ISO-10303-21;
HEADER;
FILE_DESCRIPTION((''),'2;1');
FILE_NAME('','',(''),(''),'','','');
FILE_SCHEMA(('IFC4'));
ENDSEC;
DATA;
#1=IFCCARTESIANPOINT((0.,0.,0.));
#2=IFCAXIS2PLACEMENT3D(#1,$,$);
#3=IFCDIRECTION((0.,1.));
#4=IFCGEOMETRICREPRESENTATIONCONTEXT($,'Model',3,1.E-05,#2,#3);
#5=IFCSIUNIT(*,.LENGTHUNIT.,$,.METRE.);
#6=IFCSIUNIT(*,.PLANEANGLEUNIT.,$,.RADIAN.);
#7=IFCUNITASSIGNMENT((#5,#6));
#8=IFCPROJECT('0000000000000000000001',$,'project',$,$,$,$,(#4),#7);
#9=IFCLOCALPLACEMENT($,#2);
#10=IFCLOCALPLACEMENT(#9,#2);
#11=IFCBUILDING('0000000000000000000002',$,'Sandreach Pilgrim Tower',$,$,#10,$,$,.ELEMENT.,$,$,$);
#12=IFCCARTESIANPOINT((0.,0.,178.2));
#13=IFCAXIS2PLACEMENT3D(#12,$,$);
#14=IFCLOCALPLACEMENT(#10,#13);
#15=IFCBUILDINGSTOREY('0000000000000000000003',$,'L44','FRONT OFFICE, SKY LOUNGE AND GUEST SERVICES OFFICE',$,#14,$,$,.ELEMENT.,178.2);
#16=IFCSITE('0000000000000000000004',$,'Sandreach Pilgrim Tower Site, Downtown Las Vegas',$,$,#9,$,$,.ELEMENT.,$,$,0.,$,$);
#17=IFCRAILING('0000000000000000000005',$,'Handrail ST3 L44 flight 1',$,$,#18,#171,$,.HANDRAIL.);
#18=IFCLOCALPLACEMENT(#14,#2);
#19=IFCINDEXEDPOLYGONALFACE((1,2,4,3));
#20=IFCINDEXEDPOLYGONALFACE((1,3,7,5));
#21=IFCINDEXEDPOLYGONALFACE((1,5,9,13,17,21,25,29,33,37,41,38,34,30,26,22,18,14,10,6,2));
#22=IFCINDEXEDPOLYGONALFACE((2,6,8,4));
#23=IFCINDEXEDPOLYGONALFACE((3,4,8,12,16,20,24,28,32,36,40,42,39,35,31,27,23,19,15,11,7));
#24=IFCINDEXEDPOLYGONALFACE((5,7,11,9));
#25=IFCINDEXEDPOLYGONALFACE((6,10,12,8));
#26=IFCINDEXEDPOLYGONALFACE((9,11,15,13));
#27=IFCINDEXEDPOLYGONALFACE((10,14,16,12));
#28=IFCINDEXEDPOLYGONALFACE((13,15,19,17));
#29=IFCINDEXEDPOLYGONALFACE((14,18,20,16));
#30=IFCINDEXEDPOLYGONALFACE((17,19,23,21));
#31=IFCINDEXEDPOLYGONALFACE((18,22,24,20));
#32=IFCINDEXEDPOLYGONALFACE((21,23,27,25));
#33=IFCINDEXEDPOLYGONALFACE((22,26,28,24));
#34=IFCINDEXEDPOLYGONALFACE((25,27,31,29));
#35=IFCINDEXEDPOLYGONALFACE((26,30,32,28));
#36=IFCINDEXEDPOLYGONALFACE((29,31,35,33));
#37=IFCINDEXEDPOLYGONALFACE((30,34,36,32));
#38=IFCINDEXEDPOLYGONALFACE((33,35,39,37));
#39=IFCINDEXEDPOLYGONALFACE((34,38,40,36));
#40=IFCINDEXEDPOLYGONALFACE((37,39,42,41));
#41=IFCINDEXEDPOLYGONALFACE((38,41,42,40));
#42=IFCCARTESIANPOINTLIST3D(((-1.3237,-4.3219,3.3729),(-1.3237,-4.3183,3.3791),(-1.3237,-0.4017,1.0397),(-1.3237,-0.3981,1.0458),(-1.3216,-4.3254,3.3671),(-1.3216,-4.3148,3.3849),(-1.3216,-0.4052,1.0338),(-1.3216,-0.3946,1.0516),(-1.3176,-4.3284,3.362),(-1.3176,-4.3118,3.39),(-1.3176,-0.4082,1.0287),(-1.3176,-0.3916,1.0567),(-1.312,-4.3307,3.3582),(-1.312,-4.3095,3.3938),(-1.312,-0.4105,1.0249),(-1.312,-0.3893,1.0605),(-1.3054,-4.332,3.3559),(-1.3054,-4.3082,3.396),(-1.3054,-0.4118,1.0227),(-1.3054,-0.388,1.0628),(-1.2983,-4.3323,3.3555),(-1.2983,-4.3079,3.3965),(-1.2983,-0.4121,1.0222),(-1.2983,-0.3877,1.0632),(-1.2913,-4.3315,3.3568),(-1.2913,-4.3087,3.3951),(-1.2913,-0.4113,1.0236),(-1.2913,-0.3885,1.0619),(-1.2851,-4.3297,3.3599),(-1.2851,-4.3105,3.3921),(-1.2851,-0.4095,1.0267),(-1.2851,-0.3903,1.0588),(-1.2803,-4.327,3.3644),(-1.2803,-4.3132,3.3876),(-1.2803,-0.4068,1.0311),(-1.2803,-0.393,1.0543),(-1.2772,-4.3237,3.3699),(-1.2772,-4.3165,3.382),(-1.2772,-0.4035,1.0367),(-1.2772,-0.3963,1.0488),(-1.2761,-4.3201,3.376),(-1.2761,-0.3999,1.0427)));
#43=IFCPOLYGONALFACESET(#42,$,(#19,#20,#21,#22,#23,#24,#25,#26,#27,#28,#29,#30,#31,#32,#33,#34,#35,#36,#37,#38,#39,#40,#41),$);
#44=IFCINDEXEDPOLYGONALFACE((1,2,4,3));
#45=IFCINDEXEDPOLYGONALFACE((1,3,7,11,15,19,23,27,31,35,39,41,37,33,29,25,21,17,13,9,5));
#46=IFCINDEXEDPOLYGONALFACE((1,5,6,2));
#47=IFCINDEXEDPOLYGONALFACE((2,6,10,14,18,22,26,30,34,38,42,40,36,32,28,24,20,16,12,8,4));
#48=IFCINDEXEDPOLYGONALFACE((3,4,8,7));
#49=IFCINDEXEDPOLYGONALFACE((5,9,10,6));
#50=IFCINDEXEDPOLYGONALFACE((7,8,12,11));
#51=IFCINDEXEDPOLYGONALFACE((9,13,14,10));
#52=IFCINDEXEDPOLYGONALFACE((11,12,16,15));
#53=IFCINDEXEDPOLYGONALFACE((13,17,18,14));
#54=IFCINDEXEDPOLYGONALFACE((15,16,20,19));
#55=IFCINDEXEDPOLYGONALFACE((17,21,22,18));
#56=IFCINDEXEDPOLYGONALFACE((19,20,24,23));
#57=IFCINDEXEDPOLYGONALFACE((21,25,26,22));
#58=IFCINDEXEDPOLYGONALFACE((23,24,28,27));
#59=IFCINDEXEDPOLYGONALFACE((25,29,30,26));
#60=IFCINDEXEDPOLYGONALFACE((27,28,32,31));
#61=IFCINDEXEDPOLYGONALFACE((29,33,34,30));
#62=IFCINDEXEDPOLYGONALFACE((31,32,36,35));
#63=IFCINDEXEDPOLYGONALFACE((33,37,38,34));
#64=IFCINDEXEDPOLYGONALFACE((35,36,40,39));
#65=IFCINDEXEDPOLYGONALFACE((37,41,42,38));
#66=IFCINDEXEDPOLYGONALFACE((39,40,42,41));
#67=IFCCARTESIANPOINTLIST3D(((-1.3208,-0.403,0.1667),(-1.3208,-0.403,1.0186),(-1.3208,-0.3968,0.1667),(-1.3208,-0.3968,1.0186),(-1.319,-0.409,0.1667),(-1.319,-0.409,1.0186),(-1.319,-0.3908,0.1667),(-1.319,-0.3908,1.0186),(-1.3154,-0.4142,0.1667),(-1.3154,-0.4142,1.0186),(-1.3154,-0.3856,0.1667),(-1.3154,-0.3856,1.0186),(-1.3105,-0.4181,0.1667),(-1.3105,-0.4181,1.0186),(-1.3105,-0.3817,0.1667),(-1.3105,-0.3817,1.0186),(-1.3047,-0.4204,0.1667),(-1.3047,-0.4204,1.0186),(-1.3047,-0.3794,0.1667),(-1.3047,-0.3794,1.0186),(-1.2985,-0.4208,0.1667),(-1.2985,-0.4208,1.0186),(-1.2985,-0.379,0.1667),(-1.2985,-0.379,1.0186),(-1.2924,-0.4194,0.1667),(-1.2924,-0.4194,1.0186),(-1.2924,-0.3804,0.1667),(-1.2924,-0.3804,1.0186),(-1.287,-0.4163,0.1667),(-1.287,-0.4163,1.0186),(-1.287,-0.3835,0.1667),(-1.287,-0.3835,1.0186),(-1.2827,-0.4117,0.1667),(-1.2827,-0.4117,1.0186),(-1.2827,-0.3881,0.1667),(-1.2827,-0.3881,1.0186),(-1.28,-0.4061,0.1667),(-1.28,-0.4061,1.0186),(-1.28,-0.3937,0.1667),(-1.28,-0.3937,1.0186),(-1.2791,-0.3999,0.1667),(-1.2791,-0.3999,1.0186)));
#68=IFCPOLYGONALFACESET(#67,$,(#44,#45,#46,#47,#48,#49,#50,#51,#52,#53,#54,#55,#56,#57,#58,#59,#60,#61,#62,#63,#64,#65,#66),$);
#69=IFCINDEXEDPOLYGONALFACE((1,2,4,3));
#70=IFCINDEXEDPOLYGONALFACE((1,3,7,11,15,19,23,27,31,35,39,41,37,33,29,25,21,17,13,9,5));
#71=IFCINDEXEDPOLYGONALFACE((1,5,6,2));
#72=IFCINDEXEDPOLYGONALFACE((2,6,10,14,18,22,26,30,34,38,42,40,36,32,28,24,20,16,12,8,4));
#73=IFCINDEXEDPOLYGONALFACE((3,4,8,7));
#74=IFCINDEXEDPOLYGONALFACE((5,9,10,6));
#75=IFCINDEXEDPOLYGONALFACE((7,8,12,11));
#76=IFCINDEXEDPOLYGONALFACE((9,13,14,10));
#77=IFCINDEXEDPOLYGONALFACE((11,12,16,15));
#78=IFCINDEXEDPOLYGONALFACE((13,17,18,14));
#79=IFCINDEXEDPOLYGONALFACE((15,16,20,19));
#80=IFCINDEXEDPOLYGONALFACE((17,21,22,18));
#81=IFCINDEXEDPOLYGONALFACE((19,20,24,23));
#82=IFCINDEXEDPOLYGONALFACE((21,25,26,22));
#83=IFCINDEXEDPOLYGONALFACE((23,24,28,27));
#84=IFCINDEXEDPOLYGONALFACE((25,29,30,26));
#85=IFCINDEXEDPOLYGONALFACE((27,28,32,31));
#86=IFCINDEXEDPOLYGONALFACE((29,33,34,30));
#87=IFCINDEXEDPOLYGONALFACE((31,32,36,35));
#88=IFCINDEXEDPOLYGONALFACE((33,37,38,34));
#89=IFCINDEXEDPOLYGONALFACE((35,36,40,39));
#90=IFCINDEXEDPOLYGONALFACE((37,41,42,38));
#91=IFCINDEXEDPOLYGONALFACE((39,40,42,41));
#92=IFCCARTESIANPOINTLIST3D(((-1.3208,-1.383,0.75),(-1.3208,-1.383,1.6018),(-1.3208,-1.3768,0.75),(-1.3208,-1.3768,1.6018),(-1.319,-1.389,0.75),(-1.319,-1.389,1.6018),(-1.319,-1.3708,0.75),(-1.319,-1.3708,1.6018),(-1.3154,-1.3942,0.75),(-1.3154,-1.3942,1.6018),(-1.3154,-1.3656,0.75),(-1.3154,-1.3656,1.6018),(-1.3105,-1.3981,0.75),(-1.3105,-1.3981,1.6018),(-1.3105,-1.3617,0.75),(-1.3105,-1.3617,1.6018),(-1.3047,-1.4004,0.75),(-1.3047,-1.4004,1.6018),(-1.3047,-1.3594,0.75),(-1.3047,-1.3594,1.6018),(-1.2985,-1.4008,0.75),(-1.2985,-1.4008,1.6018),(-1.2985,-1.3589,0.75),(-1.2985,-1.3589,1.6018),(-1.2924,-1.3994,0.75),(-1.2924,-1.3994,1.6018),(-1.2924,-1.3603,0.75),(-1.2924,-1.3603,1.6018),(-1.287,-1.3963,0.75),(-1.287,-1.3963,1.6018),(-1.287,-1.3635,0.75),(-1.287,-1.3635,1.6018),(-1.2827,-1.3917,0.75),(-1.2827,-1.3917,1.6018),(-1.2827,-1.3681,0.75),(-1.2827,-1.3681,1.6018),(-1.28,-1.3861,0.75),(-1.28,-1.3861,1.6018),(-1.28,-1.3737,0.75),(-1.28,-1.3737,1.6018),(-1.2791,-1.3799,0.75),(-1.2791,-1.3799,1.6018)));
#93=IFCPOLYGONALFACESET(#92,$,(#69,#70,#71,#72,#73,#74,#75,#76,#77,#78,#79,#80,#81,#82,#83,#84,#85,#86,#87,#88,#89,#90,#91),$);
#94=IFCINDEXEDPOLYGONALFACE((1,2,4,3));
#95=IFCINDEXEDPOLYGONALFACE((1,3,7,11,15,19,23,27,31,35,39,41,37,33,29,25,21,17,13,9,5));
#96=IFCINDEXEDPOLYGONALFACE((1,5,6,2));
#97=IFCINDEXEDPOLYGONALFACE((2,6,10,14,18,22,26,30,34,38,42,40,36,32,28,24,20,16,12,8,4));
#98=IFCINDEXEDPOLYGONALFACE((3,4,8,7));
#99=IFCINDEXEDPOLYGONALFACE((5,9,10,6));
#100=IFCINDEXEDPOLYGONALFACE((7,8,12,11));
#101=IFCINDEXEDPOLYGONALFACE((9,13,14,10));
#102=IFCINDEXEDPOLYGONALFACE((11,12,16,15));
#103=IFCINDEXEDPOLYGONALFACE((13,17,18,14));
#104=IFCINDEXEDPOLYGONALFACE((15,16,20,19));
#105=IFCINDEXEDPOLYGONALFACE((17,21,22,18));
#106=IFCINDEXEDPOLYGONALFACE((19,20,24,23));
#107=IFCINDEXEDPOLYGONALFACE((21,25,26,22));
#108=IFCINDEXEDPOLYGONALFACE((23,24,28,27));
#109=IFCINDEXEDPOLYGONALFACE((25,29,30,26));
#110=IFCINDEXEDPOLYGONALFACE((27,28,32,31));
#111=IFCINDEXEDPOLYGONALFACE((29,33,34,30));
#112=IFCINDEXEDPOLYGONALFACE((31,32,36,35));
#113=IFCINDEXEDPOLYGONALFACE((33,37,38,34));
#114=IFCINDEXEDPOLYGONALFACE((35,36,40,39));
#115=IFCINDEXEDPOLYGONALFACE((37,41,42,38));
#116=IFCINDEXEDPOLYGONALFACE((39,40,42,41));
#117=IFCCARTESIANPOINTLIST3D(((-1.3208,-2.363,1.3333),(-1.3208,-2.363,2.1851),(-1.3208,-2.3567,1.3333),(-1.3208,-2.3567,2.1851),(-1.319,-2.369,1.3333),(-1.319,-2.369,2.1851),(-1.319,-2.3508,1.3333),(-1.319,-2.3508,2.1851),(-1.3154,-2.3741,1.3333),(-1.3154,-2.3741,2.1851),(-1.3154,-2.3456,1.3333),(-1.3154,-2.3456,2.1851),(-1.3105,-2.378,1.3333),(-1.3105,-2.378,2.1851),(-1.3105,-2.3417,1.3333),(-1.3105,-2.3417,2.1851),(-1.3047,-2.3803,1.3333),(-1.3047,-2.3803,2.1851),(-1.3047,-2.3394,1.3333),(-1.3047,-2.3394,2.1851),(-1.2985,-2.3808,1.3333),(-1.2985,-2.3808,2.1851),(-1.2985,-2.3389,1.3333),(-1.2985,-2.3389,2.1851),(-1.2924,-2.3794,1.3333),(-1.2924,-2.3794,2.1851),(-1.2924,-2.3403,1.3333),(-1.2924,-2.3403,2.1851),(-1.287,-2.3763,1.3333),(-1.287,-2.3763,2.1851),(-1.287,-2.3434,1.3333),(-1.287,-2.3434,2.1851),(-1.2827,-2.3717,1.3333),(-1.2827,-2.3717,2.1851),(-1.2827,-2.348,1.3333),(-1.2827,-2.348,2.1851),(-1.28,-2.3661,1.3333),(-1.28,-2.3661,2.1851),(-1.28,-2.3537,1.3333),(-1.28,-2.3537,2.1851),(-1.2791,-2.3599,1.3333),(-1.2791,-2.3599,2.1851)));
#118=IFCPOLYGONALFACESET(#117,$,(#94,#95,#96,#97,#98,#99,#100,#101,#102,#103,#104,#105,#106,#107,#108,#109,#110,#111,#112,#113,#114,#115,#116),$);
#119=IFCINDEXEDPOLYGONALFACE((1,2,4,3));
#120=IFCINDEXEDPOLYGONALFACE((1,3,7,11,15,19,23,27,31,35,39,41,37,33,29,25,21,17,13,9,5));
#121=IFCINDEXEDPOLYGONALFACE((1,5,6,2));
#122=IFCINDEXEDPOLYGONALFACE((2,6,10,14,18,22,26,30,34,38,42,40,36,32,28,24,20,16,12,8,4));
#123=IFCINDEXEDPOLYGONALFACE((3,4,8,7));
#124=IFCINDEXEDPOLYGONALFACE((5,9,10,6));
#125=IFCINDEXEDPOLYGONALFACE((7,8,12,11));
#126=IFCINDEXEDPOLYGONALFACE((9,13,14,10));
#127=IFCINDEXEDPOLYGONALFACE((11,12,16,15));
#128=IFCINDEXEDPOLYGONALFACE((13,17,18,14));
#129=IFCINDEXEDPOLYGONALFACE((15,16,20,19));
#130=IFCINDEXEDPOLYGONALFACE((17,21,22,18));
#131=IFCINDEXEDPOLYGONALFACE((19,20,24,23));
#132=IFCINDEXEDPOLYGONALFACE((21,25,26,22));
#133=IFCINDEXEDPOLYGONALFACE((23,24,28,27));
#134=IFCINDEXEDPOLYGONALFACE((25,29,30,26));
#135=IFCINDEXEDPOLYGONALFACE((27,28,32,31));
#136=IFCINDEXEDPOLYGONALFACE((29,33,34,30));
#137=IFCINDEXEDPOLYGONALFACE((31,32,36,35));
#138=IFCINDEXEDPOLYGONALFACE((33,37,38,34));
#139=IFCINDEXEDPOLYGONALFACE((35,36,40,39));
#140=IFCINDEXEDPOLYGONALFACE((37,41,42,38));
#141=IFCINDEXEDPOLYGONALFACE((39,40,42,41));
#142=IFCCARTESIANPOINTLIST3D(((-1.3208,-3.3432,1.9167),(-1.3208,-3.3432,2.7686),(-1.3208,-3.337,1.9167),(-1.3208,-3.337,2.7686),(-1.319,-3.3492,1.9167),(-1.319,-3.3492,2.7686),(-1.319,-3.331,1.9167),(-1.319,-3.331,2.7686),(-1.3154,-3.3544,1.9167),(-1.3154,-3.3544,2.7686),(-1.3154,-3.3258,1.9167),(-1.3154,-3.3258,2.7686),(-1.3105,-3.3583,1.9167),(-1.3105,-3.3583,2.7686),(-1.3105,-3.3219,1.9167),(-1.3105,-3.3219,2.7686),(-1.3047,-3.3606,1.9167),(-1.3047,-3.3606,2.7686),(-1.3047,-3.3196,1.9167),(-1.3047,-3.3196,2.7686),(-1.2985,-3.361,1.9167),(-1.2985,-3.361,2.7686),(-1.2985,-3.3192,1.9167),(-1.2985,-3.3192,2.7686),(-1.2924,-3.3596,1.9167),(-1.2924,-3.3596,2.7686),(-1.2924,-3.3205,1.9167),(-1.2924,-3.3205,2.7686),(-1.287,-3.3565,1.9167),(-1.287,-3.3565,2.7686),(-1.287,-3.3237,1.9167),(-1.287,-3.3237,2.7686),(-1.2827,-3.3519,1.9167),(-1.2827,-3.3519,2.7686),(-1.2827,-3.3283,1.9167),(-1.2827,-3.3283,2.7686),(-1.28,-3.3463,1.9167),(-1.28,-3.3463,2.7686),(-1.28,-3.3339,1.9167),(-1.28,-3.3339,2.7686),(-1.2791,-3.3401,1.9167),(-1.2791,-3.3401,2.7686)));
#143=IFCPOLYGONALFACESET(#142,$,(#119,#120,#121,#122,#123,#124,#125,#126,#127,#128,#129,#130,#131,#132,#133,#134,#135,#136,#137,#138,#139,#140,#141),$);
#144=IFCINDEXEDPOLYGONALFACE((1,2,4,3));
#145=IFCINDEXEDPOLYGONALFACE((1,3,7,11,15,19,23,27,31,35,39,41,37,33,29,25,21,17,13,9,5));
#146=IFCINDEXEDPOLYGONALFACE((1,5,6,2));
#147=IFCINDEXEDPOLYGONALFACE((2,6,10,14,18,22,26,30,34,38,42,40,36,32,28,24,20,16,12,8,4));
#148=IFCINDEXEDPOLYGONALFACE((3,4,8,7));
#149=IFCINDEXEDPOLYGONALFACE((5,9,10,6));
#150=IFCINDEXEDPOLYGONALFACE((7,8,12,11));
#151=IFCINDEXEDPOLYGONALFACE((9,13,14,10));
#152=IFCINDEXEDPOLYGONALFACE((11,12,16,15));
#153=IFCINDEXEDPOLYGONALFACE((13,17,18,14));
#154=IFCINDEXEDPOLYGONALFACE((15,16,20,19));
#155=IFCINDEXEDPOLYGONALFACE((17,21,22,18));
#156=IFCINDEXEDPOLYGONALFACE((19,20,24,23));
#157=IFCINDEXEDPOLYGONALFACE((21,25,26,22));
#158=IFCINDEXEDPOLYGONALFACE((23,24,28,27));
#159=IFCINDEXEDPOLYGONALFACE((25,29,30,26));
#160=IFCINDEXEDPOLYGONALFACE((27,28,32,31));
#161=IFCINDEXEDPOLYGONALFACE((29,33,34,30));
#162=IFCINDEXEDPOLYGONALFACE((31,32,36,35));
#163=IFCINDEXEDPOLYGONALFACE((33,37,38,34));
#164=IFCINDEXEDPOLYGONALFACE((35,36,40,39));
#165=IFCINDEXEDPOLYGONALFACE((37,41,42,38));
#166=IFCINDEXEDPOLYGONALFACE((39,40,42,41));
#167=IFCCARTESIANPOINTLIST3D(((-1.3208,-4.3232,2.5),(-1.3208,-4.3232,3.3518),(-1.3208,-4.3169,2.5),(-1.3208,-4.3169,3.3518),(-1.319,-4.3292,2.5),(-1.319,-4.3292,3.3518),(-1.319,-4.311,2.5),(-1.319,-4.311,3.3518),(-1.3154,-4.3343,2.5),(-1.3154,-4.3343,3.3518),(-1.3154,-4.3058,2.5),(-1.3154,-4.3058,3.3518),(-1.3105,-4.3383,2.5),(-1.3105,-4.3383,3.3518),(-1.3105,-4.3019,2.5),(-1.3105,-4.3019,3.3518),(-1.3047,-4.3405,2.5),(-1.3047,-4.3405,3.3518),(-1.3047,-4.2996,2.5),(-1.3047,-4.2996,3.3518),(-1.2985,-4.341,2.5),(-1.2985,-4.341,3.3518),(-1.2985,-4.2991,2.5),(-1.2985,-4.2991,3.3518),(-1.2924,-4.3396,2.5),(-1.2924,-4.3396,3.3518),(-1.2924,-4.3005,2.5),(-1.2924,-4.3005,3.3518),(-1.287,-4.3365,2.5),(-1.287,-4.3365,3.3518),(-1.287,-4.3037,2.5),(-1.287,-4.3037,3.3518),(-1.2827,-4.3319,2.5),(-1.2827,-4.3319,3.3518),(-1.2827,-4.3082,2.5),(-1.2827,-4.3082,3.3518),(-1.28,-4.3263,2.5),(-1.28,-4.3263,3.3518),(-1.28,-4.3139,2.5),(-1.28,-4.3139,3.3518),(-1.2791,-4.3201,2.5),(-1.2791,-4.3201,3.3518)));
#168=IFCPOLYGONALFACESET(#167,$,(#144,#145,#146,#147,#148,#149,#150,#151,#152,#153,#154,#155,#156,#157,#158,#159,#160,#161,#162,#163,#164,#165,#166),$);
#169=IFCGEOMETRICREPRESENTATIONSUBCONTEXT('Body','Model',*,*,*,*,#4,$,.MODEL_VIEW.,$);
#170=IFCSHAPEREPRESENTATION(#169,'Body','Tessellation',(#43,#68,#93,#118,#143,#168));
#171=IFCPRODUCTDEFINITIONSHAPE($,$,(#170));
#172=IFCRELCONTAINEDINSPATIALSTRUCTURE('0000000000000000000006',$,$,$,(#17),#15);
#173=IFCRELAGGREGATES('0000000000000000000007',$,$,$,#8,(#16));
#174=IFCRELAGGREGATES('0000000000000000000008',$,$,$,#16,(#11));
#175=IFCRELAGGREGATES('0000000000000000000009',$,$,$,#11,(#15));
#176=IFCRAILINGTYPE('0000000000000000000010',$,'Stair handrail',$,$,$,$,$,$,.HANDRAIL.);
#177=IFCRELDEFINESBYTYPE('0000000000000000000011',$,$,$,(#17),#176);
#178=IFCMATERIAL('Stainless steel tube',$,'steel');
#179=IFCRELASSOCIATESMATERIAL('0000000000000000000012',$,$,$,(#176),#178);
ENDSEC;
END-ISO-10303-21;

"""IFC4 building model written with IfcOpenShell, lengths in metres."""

from ifc_helpers import new_model, si_unit, direction, frame, origin, origin_2d, place, context, subcontext, project, spatial, circle, extrude, material, type_object, element, save


model = new_model("IFC4")

# Units and contexts
model_context = context("Model", 3, precision=1e-05, world=origin(), true_north=direction((0.0, 1.0)))
body_context = subcontext(model_context, "Body", "Model", "MODEL_VIEW")
ifc_project = project(units=[si_unit("LENGTHUNIT", "METRE"), si_unit("PLANEANGLEUNIT", "RADIAN")], contexts=[model_context])

# Site, building, storey
site_placement = place(None, origin())
site = spatial("IfcSite", under=ifc_project, at=site_placement, Name="Sandreach Pilgrim Tower Site, Downtown Las Vegas", CompositionType="ELEMENT", RefElevation=0.0)
building_placement = place(site_placement, origin())
building = spatial("IfcBuilding", under=site, at=building_placement, Name="Sandreach Pilgrim Tower", CompositionType="ELEMENT")
storey_placement = place(building_placement, frame((0.0, 0.0, 178.2)))
storey = spatial("IfcBuildingStorey", under=building, at=storey_placement, Name="L44", Description="FRONT OFFICE, SKY LOUNGE AND GUEST SERVICES OFFICE", CompositionType="ELEMENT", Elevation=178.2)

# Railing
ifc_material_1 = material(Name="Stainless steel tube", Category="steel")
railing_type = type_object("IfcRailingType", Name="Stair handrail", PredefinedType="HANDRAIL", material=ifc_material_1)
for number, where, name in (
    (1, (-1.3, -0.3999, 0.1667), "Handrail ST3 L44 flight 1"),
):
    element("IfcRailing", number, at=place(storey_placement, frame(where)), inside=storey, type_object=railing_type, Name=name, PredefinedType="HANDRAIL", context=body_context, shape_type="SweptSolid", body=[
        extrude(circle(Radius=0.0239, at=origin_2d()), frame((0.0, 0.0, 0.876), z_axis=(0.0, -0.85931, 0.511455), x_axis=(1.0, 0.0, 0.0)), (0.0, 0.0, 1.0), 4.562),
        extrude(circle(Radius=0.021, at=origin_2d()), origin(), (0.0, 0.0, 1.0), 0.8518),
        extrude(circle(Radius=0.021, at=origin_2d()), frame((0.0, -0.98, 0.5833)), (0.0, 0.0, 1.0), 0.8518),
        extrude(circle(Radius=0.021, at=origin_2d()), frame((0.0, -1.96, 1.1665)), (0.0, 0.0, 1.0), 0.8518),
        extrude(circle(Radius=0.021, at=origin_2d()), frame((0.0, -2.9402, 1.75)), (0.0, 0.0, 1.0), 0.8518),
        extrude(circle(Radius=0.021, at=origin_2d()), frame((0.0, -3.9202, 2.3333)), (0.0, 0.0, 1.0), 0.8518),
    ])

save(model, "model.ifc")
